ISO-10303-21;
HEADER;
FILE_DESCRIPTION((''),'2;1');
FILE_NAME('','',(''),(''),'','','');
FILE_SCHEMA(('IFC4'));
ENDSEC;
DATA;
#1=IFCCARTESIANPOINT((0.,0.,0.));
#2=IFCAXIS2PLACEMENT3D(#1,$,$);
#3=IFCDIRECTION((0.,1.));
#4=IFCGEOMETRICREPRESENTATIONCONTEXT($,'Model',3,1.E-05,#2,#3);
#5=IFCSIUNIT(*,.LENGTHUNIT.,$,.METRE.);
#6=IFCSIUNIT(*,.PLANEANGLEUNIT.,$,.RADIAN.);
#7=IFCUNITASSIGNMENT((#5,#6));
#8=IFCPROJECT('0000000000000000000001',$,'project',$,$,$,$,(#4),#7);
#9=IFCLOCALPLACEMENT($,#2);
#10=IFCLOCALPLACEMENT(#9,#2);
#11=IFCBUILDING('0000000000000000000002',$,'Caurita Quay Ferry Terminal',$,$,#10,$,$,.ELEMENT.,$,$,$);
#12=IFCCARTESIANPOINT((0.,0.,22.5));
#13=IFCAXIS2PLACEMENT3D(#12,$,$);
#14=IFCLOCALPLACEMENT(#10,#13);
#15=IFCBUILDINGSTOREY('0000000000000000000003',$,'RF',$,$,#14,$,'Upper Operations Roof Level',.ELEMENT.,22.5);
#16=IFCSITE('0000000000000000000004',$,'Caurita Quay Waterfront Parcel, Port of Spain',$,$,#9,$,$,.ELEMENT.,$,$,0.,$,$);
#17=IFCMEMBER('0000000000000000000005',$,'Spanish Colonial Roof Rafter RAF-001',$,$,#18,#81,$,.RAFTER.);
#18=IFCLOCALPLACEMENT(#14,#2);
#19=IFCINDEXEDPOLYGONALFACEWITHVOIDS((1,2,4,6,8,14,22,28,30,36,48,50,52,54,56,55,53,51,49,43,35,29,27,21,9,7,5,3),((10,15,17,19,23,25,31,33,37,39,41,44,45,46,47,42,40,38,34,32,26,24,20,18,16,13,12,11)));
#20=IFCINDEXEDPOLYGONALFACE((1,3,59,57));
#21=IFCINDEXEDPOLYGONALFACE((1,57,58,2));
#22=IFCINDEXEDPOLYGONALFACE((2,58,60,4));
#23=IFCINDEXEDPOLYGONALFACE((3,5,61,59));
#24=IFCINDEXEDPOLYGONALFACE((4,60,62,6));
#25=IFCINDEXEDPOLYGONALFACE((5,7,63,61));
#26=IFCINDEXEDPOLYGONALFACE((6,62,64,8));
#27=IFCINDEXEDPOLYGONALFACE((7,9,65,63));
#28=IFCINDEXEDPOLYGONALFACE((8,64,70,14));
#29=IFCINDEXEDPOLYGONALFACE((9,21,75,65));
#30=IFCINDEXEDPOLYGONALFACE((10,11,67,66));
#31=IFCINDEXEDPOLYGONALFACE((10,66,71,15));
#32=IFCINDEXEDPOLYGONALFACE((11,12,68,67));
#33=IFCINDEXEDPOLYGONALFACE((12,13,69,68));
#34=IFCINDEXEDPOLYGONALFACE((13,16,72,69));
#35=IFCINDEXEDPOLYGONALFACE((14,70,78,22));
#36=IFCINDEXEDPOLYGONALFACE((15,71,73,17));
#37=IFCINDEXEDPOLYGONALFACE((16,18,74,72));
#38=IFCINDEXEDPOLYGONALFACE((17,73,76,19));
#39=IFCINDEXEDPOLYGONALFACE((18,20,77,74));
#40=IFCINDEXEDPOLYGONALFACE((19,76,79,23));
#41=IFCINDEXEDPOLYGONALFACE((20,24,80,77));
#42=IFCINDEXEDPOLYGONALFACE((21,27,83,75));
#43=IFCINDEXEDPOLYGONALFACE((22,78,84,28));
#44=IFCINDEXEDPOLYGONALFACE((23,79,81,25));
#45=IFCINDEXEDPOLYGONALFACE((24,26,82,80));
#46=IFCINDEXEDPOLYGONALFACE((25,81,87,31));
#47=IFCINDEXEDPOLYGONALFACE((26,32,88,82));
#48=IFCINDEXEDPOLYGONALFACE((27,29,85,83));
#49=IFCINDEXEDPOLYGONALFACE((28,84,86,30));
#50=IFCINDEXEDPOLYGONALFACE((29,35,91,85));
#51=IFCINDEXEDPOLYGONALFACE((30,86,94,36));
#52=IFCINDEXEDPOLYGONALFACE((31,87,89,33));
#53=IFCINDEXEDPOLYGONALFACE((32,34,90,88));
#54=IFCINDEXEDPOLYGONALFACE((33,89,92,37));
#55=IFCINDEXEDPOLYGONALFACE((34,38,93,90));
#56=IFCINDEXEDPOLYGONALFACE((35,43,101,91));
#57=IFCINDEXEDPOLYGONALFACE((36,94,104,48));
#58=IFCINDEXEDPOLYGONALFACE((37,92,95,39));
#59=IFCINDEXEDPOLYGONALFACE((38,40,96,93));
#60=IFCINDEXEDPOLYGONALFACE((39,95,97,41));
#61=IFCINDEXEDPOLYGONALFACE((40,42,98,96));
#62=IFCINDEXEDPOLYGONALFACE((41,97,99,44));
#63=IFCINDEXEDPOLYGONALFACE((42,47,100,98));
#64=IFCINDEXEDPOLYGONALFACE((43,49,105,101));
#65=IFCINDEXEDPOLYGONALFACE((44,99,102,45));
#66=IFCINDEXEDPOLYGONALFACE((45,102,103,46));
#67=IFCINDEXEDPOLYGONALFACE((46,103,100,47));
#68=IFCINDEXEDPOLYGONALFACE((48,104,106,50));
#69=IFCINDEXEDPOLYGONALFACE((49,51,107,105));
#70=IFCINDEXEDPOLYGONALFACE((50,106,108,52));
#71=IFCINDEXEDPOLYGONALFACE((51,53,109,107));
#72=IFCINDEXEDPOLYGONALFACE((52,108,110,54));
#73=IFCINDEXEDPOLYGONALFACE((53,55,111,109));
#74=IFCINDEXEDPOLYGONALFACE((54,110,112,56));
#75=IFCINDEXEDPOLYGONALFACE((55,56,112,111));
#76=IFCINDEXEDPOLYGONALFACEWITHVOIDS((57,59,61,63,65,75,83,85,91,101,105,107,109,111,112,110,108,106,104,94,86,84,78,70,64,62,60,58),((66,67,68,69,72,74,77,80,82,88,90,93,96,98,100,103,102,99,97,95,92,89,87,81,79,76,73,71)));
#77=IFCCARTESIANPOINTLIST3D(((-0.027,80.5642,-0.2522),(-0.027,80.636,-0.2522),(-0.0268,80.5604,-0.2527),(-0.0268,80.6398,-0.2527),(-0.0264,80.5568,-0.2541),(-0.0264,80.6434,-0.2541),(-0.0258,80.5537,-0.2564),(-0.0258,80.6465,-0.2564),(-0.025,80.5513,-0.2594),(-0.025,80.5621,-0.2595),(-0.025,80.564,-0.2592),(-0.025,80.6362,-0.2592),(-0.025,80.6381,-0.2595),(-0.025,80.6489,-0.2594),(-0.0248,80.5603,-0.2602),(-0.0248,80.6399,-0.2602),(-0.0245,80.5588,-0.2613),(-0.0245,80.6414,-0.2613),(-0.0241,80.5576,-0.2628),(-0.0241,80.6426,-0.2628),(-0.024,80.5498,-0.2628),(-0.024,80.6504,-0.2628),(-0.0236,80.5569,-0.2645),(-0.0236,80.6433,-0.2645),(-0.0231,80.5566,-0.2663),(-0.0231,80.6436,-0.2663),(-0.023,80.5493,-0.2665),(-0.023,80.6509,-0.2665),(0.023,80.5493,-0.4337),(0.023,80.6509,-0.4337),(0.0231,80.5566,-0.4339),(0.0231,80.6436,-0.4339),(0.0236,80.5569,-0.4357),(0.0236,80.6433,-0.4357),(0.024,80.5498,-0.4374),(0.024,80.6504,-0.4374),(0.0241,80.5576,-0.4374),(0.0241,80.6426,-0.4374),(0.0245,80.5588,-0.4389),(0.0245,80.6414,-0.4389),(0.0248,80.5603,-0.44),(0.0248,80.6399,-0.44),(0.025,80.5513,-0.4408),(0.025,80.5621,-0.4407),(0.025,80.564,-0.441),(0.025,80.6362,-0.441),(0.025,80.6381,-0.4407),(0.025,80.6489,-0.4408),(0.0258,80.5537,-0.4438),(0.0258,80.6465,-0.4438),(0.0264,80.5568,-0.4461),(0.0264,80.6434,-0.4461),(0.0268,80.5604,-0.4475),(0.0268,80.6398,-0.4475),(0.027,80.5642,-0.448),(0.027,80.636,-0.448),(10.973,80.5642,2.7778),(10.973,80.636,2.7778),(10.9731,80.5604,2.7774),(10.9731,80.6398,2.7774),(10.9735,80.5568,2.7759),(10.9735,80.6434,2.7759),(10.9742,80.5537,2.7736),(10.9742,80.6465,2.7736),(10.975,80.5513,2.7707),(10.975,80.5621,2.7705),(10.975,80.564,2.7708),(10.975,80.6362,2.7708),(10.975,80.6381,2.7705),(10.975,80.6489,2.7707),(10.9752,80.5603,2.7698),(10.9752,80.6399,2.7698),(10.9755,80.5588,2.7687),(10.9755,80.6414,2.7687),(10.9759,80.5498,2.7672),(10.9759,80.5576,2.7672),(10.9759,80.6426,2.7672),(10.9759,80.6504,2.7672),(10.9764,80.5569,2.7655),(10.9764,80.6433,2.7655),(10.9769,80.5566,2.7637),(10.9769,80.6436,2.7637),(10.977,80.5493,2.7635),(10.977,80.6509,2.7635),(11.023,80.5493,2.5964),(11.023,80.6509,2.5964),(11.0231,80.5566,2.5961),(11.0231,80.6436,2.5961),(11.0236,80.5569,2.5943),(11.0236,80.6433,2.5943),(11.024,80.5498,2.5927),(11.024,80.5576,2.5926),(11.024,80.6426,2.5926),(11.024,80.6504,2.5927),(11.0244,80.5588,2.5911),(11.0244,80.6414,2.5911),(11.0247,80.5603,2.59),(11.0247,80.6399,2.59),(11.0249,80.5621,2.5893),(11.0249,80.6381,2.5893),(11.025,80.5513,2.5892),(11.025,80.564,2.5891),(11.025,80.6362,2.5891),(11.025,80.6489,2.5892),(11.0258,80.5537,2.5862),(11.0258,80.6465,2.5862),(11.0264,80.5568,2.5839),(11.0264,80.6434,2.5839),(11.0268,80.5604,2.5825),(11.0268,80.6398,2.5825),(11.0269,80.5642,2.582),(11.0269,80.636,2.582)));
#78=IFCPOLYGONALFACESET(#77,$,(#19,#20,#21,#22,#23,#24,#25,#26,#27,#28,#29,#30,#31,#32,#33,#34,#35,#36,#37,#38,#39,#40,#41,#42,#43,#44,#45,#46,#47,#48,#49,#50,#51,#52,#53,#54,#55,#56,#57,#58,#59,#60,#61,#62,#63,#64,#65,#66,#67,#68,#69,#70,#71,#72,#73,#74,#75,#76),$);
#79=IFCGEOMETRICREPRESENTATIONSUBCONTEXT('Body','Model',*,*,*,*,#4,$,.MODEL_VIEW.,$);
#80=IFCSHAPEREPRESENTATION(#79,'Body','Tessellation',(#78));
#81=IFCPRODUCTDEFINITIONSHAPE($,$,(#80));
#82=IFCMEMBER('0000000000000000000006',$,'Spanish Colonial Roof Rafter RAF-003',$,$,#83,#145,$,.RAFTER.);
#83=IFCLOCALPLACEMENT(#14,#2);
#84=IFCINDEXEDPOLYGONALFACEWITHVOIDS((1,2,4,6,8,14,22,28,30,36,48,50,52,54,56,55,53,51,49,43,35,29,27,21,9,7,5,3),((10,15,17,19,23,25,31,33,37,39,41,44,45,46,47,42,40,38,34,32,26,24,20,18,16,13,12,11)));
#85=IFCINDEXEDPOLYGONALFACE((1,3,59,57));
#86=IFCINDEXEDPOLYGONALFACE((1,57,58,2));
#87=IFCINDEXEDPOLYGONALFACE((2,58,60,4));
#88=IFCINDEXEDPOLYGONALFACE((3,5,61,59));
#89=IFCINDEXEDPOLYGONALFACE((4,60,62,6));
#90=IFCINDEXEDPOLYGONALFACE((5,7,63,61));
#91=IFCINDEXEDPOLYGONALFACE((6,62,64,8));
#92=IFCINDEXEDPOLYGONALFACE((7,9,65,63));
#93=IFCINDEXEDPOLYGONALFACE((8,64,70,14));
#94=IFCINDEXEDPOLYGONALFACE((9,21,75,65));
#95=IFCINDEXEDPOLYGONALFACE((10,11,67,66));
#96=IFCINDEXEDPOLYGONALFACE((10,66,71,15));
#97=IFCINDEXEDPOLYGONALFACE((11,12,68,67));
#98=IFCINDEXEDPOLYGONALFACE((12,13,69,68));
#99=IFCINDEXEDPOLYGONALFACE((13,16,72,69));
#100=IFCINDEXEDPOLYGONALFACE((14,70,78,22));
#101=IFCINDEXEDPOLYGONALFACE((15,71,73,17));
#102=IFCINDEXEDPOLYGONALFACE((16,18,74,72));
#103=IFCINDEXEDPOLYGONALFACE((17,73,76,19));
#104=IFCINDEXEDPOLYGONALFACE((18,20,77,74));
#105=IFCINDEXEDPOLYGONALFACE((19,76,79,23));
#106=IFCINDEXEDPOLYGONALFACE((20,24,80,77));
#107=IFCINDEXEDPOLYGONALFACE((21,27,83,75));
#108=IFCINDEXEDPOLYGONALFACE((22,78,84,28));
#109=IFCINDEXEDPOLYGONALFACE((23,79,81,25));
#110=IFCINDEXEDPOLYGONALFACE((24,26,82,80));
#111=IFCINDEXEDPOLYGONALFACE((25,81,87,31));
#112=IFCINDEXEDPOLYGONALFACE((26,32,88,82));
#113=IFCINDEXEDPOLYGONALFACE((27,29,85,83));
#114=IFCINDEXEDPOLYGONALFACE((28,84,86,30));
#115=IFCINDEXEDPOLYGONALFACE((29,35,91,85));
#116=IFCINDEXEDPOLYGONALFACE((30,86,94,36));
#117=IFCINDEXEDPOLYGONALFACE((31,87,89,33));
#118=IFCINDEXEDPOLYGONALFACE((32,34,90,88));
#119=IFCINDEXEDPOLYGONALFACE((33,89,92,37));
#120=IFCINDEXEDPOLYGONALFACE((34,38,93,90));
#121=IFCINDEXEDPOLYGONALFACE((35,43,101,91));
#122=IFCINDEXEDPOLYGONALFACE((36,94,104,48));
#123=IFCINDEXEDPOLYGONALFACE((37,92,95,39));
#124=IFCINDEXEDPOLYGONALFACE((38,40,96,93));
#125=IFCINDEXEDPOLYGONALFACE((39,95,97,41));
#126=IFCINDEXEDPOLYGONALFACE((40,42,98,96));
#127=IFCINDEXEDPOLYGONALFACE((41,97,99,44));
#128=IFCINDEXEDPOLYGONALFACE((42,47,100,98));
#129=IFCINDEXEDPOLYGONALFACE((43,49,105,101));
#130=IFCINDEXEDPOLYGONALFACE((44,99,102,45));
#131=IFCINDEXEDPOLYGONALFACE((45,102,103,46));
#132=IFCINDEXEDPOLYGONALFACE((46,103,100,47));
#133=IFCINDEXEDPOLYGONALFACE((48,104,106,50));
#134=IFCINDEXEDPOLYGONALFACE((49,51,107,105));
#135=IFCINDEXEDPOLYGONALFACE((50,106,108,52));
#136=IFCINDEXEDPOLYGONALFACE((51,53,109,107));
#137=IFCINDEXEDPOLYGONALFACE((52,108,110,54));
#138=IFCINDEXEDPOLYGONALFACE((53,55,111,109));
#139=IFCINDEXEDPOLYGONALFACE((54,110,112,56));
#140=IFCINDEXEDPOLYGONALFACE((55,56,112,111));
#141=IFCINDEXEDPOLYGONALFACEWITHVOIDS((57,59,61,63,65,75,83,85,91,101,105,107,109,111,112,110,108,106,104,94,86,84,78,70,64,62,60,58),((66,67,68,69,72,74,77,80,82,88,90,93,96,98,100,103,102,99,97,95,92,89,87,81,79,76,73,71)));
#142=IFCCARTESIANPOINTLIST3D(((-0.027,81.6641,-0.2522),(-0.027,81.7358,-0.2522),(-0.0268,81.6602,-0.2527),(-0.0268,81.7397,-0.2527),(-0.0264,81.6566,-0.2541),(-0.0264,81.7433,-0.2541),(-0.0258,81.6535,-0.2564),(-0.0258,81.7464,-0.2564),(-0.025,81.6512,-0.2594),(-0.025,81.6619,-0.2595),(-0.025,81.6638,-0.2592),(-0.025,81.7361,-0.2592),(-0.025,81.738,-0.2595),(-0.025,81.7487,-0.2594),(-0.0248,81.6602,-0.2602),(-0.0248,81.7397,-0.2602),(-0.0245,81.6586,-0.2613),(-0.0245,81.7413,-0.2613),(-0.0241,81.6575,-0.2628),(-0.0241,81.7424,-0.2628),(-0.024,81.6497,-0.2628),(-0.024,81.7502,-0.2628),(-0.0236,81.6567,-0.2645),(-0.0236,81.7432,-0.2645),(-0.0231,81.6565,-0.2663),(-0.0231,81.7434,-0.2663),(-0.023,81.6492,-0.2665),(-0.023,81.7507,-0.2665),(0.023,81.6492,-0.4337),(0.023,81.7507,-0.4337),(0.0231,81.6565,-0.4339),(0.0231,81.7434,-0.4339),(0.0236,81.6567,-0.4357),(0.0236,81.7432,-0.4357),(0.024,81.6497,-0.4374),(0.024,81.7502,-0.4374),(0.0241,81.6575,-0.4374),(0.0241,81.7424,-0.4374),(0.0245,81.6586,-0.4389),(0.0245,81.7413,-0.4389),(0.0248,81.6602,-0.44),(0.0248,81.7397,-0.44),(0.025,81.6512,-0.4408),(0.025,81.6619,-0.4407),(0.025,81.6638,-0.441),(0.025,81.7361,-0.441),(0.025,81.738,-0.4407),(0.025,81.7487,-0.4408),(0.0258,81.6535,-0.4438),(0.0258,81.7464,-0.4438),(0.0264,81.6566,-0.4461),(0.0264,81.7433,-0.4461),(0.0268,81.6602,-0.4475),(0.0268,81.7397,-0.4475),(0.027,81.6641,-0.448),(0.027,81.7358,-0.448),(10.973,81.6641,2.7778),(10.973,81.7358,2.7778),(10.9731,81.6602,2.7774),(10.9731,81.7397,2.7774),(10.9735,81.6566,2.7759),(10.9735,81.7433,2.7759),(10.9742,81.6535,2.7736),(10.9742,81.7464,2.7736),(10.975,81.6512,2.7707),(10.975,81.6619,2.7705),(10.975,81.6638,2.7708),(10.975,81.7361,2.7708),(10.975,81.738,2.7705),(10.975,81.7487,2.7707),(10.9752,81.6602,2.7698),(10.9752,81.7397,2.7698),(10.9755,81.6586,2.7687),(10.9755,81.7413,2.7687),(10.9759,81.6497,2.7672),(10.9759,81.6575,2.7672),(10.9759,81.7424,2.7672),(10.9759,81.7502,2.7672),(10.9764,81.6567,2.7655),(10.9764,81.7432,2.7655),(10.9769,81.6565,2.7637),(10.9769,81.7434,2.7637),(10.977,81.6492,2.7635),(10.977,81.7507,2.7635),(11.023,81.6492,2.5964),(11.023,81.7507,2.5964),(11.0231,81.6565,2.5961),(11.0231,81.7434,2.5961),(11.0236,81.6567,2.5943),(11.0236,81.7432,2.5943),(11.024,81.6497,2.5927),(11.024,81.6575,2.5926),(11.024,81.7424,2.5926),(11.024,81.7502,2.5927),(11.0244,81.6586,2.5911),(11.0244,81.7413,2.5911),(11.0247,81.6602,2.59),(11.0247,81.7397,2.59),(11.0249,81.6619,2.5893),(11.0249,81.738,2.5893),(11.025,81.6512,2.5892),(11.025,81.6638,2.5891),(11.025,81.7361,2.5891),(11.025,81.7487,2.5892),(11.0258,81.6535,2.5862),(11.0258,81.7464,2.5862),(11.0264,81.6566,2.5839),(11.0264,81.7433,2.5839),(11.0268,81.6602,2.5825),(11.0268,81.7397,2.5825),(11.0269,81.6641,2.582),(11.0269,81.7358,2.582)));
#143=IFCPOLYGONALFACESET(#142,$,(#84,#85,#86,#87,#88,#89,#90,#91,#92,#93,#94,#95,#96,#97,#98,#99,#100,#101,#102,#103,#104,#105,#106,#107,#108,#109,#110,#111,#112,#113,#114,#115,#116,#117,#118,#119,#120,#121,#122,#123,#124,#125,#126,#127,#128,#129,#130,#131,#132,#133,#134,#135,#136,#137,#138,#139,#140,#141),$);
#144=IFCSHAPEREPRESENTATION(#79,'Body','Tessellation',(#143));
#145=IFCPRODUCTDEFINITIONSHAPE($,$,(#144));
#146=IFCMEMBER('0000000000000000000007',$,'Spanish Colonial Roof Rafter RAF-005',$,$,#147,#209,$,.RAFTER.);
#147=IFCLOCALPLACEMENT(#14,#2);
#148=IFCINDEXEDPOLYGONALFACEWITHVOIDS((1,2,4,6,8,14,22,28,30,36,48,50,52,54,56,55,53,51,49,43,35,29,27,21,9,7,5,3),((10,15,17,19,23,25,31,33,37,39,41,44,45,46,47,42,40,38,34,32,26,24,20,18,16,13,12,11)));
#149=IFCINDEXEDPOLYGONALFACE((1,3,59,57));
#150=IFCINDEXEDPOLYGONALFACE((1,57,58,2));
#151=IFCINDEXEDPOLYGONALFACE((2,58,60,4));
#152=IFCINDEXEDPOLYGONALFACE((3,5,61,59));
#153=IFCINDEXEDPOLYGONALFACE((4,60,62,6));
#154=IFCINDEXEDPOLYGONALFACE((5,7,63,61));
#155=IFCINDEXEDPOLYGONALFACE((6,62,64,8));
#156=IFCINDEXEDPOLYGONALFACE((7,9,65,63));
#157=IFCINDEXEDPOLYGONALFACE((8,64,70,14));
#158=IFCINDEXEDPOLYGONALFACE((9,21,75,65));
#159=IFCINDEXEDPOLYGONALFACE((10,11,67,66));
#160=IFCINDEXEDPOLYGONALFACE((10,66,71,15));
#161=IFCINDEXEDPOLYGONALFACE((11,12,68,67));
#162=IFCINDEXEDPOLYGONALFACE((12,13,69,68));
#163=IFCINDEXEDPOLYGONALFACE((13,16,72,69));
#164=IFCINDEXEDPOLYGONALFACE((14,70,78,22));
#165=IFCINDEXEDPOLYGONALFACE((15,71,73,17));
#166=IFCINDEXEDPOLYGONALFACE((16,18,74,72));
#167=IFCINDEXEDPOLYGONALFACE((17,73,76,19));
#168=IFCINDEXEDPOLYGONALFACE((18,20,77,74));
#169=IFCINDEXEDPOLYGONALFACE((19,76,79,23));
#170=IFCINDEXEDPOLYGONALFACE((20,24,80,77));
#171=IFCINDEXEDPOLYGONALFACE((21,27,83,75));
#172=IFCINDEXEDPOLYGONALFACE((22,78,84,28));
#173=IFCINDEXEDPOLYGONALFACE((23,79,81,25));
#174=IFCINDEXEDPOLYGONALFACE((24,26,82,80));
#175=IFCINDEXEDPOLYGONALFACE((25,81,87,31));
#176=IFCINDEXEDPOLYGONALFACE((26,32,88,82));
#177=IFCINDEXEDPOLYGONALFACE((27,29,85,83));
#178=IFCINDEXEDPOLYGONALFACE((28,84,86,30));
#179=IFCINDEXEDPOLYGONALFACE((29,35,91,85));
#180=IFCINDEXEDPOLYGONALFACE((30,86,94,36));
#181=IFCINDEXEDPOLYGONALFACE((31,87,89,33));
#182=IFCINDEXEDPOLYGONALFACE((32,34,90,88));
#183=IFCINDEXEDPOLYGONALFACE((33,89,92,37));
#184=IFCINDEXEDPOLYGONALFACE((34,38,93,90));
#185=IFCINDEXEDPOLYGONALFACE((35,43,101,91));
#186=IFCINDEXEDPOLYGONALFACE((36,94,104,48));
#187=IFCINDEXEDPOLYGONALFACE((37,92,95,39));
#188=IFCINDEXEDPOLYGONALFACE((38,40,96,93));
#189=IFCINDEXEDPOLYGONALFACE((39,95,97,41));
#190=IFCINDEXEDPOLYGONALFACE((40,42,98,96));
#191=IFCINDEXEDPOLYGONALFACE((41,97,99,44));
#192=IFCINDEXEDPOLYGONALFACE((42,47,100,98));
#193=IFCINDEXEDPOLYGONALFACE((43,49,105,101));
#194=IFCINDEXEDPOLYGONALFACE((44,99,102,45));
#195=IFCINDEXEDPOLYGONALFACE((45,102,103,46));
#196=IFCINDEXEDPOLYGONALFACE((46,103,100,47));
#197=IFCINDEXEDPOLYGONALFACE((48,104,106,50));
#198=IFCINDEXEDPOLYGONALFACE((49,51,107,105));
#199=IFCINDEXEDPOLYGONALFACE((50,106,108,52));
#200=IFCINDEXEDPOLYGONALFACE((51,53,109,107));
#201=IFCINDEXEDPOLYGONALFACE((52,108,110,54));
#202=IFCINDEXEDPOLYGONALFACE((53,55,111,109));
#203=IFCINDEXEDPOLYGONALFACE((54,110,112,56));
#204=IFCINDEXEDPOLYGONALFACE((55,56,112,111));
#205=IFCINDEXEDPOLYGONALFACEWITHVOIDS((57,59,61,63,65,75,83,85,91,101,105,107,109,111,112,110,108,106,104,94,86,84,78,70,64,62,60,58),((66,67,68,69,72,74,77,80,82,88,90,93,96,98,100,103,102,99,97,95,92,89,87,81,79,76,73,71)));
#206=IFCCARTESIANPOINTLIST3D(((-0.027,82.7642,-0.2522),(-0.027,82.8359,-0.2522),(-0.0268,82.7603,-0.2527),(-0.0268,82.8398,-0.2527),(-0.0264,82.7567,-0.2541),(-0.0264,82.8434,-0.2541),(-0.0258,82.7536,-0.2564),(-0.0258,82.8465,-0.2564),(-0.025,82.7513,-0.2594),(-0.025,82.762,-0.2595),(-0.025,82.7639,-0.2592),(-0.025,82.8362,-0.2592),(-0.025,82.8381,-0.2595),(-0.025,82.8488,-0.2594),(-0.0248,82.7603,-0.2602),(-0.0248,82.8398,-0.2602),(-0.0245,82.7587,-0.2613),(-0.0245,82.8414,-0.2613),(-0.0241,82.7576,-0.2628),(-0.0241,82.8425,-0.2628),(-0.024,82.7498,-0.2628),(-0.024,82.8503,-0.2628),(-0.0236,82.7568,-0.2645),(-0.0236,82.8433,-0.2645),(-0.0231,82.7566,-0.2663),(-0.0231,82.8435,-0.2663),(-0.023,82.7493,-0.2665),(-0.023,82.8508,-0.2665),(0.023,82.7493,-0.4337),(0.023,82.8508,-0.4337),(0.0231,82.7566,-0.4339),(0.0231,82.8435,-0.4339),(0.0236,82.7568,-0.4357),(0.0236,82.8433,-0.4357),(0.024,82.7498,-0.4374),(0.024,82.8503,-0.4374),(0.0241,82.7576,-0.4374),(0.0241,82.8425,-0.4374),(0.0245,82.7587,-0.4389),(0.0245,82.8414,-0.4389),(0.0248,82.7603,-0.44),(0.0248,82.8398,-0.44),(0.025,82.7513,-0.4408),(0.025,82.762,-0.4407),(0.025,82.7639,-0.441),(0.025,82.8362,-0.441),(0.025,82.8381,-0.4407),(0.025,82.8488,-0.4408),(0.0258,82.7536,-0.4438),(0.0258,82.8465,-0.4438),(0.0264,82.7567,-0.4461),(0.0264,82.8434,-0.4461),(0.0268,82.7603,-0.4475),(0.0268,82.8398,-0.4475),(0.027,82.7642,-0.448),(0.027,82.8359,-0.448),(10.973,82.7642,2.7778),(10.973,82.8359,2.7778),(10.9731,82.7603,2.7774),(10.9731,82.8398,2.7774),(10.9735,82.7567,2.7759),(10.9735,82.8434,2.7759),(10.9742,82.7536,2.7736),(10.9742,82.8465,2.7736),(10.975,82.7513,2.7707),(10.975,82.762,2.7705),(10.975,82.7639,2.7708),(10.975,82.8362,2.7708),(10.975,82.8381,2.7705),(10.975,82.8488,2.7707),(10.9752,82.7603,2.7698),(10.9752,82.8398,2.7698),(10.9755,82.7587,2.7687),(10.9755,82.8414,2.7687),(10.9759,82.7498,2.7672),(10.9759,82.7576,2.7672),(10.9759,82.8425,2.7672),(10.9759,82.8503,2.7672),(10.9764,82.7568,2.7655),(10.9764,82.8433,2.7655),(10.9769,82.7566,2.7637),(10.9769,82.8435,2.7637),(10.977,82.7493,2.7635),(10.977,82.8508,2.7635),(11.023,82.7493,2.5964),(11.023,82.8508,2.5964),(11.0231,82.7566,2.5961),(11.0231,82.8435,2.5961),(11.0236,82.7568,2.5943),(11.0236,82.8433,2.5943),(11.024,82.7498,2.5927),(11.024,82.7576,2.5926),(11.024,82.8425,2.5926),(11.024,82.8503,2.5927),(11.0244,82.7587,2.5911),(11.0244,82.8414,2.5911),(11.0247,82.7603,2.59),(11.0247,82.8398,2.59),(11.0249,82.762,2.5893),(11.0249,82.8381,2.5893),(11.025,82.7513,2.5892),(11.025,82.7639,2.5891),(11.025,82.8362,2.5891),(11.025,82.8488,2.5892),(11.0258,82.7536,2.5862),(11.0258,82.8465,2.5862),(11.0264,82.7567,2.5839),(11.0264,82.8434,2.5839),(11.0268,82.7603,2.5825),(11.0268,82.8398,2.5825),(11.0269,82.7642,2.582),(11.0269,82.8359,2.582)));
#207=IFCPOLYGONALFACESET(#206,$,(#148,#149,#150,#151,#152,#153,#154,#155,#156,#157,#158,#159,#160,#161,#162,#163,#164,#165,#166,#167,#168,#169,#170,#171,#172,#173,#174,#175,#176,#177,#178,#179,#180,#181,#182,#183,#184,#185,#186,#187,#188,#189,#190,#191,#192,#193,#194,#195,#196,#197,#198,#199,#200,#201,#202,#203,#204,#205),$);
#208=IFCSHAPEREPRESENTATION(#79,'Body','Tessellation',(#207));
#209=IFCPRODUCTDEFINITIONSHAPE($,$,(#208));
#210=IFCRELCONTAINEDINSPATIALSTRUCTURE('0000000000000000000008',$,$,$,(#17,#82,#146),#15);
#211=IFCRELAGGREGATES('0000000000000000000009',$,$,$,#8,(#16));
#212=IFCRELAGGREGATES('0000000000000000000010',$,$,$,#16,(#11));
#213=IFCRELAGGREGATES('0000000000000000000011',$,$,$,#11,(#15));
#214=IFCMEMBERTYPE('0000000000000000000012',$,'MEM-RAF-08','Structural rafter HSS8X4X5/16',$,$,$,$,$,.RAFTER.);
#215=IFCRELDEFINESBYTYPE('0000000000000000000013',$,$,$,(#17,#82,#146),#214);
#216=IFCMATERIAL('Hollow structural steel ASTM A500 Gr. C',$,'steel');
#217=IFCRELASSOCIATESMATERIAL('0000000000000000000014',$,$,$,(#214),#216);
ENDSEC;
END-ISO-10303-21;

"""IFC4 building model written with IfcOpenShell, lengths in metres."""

from ifc_helpers import new_model, si_unit, direction, frame, origin, origin_2d, place, context, subcontext, project, spatial, hollow_rectangle, extrude, material, material_profile, profile_set, type_object, element, save


model = new_model("IFC4")

# Units and contexts
model_context = context("Model", 3, precision=1e-05, world=origin(), true_north=direction((0.0, 1.0)))
body_context = subcontext(model_context, "Body", "Model", "MODEL_VIEW")
ifc_project = project(units=[si_unit("LENGTHUNIT", "METRE"), si_unit("PLANEANGLEUNIT", "RADIAN")], contexts=[model_context])

# Site, building, storey
site_placement = place(None, origin())
site = spatial("IfcSite", under=ifc_project, at=site_placement, Name="Caurita Quay Waterfront Parcel, Port of Spain", CompositionType="ELEMENT", RefElevation=0.0)
building_placement = place(site_placement, origin())
building = spatial("IfcBuilding", under=site, at=building_placement, Name="Caurita Quay Ferry Terminal", CompositionType="ELEMENT")
storey_placement = place(building_placement, frame((0.0, 0.0, 22.5)))
storey = spatial("IfcBuildingStorey", under=building, at=storey_placement, Name="RF", LongName="Upper Operations Roof Level", CompositionType="ELEMENT", Elevation=22.5)

# Members
ifc_material_1 = material(Name="Hollow structural steel ASTM A500 Gr. C", Category="steel")
ifc_material_profile_1 = material_profile(ifc_material_1, hollow_rectangle(XDim=0.1016, YDim=0.2031, WallThickness=0.0073, InnerFilletRadius=0.0073, OuterFilletRadius=0.0149, at=origin_2d()), Name="HSS8X4X5/16")
ifc_profile_set_1 = profile_set([ifc_material_profile_1], Name="Hollow structural steel ASTM A500 Gr. C")
member_type_1 = type_object("IfcMemberType", Name="MEM-RAF-08", Description="Structural rafter HSS8X4X5/16", PredefinedType="RAFTER", material=ifc_profile_set_1)
for number, where, z_axis, x_axis, name in (
    (1, (0.0, 80.6001, -0.3501), (0.964093, 0.0, 0.265566), (0.0, 1.0, 0.0), "Spanish Colonial Roof Rafter RAF-001"),
    (2, (0.0, 81.7, -0.3501), (0.964093, 0.0, 0.265566), (0.0, 1.0, 0.0), "Spanish Colonial Roof Rafter RAF-003"),
    (3, (0.0, 82.8, -0.3501), (0.964093, 0.0, 0.265566), (0.0, 1.0, 0.0), "Spanish Colonial Roof Rafter RAF-005"),
):
    element("IfcMember", number, at=place(storey_placement, frame(where, z_axis=z_axis, x_axis=x_axis)), inside=storey, type_object=member_type_1, Name=name, PredefinedType="RAFTER", context=body_context, shape_type="SweptSolid", body=[
        extrude(hollow_rectangle(XDim=0.1016, YDim=0.2031, WallThickness=0.0073, InnerFilletRadius=0.0073, OuterFilletRadius=0.0149, at=origin_2d()), origin(), (0.0, 0.0, 1.0), 11.4097),
    ])

save(model, "model.ifc")
